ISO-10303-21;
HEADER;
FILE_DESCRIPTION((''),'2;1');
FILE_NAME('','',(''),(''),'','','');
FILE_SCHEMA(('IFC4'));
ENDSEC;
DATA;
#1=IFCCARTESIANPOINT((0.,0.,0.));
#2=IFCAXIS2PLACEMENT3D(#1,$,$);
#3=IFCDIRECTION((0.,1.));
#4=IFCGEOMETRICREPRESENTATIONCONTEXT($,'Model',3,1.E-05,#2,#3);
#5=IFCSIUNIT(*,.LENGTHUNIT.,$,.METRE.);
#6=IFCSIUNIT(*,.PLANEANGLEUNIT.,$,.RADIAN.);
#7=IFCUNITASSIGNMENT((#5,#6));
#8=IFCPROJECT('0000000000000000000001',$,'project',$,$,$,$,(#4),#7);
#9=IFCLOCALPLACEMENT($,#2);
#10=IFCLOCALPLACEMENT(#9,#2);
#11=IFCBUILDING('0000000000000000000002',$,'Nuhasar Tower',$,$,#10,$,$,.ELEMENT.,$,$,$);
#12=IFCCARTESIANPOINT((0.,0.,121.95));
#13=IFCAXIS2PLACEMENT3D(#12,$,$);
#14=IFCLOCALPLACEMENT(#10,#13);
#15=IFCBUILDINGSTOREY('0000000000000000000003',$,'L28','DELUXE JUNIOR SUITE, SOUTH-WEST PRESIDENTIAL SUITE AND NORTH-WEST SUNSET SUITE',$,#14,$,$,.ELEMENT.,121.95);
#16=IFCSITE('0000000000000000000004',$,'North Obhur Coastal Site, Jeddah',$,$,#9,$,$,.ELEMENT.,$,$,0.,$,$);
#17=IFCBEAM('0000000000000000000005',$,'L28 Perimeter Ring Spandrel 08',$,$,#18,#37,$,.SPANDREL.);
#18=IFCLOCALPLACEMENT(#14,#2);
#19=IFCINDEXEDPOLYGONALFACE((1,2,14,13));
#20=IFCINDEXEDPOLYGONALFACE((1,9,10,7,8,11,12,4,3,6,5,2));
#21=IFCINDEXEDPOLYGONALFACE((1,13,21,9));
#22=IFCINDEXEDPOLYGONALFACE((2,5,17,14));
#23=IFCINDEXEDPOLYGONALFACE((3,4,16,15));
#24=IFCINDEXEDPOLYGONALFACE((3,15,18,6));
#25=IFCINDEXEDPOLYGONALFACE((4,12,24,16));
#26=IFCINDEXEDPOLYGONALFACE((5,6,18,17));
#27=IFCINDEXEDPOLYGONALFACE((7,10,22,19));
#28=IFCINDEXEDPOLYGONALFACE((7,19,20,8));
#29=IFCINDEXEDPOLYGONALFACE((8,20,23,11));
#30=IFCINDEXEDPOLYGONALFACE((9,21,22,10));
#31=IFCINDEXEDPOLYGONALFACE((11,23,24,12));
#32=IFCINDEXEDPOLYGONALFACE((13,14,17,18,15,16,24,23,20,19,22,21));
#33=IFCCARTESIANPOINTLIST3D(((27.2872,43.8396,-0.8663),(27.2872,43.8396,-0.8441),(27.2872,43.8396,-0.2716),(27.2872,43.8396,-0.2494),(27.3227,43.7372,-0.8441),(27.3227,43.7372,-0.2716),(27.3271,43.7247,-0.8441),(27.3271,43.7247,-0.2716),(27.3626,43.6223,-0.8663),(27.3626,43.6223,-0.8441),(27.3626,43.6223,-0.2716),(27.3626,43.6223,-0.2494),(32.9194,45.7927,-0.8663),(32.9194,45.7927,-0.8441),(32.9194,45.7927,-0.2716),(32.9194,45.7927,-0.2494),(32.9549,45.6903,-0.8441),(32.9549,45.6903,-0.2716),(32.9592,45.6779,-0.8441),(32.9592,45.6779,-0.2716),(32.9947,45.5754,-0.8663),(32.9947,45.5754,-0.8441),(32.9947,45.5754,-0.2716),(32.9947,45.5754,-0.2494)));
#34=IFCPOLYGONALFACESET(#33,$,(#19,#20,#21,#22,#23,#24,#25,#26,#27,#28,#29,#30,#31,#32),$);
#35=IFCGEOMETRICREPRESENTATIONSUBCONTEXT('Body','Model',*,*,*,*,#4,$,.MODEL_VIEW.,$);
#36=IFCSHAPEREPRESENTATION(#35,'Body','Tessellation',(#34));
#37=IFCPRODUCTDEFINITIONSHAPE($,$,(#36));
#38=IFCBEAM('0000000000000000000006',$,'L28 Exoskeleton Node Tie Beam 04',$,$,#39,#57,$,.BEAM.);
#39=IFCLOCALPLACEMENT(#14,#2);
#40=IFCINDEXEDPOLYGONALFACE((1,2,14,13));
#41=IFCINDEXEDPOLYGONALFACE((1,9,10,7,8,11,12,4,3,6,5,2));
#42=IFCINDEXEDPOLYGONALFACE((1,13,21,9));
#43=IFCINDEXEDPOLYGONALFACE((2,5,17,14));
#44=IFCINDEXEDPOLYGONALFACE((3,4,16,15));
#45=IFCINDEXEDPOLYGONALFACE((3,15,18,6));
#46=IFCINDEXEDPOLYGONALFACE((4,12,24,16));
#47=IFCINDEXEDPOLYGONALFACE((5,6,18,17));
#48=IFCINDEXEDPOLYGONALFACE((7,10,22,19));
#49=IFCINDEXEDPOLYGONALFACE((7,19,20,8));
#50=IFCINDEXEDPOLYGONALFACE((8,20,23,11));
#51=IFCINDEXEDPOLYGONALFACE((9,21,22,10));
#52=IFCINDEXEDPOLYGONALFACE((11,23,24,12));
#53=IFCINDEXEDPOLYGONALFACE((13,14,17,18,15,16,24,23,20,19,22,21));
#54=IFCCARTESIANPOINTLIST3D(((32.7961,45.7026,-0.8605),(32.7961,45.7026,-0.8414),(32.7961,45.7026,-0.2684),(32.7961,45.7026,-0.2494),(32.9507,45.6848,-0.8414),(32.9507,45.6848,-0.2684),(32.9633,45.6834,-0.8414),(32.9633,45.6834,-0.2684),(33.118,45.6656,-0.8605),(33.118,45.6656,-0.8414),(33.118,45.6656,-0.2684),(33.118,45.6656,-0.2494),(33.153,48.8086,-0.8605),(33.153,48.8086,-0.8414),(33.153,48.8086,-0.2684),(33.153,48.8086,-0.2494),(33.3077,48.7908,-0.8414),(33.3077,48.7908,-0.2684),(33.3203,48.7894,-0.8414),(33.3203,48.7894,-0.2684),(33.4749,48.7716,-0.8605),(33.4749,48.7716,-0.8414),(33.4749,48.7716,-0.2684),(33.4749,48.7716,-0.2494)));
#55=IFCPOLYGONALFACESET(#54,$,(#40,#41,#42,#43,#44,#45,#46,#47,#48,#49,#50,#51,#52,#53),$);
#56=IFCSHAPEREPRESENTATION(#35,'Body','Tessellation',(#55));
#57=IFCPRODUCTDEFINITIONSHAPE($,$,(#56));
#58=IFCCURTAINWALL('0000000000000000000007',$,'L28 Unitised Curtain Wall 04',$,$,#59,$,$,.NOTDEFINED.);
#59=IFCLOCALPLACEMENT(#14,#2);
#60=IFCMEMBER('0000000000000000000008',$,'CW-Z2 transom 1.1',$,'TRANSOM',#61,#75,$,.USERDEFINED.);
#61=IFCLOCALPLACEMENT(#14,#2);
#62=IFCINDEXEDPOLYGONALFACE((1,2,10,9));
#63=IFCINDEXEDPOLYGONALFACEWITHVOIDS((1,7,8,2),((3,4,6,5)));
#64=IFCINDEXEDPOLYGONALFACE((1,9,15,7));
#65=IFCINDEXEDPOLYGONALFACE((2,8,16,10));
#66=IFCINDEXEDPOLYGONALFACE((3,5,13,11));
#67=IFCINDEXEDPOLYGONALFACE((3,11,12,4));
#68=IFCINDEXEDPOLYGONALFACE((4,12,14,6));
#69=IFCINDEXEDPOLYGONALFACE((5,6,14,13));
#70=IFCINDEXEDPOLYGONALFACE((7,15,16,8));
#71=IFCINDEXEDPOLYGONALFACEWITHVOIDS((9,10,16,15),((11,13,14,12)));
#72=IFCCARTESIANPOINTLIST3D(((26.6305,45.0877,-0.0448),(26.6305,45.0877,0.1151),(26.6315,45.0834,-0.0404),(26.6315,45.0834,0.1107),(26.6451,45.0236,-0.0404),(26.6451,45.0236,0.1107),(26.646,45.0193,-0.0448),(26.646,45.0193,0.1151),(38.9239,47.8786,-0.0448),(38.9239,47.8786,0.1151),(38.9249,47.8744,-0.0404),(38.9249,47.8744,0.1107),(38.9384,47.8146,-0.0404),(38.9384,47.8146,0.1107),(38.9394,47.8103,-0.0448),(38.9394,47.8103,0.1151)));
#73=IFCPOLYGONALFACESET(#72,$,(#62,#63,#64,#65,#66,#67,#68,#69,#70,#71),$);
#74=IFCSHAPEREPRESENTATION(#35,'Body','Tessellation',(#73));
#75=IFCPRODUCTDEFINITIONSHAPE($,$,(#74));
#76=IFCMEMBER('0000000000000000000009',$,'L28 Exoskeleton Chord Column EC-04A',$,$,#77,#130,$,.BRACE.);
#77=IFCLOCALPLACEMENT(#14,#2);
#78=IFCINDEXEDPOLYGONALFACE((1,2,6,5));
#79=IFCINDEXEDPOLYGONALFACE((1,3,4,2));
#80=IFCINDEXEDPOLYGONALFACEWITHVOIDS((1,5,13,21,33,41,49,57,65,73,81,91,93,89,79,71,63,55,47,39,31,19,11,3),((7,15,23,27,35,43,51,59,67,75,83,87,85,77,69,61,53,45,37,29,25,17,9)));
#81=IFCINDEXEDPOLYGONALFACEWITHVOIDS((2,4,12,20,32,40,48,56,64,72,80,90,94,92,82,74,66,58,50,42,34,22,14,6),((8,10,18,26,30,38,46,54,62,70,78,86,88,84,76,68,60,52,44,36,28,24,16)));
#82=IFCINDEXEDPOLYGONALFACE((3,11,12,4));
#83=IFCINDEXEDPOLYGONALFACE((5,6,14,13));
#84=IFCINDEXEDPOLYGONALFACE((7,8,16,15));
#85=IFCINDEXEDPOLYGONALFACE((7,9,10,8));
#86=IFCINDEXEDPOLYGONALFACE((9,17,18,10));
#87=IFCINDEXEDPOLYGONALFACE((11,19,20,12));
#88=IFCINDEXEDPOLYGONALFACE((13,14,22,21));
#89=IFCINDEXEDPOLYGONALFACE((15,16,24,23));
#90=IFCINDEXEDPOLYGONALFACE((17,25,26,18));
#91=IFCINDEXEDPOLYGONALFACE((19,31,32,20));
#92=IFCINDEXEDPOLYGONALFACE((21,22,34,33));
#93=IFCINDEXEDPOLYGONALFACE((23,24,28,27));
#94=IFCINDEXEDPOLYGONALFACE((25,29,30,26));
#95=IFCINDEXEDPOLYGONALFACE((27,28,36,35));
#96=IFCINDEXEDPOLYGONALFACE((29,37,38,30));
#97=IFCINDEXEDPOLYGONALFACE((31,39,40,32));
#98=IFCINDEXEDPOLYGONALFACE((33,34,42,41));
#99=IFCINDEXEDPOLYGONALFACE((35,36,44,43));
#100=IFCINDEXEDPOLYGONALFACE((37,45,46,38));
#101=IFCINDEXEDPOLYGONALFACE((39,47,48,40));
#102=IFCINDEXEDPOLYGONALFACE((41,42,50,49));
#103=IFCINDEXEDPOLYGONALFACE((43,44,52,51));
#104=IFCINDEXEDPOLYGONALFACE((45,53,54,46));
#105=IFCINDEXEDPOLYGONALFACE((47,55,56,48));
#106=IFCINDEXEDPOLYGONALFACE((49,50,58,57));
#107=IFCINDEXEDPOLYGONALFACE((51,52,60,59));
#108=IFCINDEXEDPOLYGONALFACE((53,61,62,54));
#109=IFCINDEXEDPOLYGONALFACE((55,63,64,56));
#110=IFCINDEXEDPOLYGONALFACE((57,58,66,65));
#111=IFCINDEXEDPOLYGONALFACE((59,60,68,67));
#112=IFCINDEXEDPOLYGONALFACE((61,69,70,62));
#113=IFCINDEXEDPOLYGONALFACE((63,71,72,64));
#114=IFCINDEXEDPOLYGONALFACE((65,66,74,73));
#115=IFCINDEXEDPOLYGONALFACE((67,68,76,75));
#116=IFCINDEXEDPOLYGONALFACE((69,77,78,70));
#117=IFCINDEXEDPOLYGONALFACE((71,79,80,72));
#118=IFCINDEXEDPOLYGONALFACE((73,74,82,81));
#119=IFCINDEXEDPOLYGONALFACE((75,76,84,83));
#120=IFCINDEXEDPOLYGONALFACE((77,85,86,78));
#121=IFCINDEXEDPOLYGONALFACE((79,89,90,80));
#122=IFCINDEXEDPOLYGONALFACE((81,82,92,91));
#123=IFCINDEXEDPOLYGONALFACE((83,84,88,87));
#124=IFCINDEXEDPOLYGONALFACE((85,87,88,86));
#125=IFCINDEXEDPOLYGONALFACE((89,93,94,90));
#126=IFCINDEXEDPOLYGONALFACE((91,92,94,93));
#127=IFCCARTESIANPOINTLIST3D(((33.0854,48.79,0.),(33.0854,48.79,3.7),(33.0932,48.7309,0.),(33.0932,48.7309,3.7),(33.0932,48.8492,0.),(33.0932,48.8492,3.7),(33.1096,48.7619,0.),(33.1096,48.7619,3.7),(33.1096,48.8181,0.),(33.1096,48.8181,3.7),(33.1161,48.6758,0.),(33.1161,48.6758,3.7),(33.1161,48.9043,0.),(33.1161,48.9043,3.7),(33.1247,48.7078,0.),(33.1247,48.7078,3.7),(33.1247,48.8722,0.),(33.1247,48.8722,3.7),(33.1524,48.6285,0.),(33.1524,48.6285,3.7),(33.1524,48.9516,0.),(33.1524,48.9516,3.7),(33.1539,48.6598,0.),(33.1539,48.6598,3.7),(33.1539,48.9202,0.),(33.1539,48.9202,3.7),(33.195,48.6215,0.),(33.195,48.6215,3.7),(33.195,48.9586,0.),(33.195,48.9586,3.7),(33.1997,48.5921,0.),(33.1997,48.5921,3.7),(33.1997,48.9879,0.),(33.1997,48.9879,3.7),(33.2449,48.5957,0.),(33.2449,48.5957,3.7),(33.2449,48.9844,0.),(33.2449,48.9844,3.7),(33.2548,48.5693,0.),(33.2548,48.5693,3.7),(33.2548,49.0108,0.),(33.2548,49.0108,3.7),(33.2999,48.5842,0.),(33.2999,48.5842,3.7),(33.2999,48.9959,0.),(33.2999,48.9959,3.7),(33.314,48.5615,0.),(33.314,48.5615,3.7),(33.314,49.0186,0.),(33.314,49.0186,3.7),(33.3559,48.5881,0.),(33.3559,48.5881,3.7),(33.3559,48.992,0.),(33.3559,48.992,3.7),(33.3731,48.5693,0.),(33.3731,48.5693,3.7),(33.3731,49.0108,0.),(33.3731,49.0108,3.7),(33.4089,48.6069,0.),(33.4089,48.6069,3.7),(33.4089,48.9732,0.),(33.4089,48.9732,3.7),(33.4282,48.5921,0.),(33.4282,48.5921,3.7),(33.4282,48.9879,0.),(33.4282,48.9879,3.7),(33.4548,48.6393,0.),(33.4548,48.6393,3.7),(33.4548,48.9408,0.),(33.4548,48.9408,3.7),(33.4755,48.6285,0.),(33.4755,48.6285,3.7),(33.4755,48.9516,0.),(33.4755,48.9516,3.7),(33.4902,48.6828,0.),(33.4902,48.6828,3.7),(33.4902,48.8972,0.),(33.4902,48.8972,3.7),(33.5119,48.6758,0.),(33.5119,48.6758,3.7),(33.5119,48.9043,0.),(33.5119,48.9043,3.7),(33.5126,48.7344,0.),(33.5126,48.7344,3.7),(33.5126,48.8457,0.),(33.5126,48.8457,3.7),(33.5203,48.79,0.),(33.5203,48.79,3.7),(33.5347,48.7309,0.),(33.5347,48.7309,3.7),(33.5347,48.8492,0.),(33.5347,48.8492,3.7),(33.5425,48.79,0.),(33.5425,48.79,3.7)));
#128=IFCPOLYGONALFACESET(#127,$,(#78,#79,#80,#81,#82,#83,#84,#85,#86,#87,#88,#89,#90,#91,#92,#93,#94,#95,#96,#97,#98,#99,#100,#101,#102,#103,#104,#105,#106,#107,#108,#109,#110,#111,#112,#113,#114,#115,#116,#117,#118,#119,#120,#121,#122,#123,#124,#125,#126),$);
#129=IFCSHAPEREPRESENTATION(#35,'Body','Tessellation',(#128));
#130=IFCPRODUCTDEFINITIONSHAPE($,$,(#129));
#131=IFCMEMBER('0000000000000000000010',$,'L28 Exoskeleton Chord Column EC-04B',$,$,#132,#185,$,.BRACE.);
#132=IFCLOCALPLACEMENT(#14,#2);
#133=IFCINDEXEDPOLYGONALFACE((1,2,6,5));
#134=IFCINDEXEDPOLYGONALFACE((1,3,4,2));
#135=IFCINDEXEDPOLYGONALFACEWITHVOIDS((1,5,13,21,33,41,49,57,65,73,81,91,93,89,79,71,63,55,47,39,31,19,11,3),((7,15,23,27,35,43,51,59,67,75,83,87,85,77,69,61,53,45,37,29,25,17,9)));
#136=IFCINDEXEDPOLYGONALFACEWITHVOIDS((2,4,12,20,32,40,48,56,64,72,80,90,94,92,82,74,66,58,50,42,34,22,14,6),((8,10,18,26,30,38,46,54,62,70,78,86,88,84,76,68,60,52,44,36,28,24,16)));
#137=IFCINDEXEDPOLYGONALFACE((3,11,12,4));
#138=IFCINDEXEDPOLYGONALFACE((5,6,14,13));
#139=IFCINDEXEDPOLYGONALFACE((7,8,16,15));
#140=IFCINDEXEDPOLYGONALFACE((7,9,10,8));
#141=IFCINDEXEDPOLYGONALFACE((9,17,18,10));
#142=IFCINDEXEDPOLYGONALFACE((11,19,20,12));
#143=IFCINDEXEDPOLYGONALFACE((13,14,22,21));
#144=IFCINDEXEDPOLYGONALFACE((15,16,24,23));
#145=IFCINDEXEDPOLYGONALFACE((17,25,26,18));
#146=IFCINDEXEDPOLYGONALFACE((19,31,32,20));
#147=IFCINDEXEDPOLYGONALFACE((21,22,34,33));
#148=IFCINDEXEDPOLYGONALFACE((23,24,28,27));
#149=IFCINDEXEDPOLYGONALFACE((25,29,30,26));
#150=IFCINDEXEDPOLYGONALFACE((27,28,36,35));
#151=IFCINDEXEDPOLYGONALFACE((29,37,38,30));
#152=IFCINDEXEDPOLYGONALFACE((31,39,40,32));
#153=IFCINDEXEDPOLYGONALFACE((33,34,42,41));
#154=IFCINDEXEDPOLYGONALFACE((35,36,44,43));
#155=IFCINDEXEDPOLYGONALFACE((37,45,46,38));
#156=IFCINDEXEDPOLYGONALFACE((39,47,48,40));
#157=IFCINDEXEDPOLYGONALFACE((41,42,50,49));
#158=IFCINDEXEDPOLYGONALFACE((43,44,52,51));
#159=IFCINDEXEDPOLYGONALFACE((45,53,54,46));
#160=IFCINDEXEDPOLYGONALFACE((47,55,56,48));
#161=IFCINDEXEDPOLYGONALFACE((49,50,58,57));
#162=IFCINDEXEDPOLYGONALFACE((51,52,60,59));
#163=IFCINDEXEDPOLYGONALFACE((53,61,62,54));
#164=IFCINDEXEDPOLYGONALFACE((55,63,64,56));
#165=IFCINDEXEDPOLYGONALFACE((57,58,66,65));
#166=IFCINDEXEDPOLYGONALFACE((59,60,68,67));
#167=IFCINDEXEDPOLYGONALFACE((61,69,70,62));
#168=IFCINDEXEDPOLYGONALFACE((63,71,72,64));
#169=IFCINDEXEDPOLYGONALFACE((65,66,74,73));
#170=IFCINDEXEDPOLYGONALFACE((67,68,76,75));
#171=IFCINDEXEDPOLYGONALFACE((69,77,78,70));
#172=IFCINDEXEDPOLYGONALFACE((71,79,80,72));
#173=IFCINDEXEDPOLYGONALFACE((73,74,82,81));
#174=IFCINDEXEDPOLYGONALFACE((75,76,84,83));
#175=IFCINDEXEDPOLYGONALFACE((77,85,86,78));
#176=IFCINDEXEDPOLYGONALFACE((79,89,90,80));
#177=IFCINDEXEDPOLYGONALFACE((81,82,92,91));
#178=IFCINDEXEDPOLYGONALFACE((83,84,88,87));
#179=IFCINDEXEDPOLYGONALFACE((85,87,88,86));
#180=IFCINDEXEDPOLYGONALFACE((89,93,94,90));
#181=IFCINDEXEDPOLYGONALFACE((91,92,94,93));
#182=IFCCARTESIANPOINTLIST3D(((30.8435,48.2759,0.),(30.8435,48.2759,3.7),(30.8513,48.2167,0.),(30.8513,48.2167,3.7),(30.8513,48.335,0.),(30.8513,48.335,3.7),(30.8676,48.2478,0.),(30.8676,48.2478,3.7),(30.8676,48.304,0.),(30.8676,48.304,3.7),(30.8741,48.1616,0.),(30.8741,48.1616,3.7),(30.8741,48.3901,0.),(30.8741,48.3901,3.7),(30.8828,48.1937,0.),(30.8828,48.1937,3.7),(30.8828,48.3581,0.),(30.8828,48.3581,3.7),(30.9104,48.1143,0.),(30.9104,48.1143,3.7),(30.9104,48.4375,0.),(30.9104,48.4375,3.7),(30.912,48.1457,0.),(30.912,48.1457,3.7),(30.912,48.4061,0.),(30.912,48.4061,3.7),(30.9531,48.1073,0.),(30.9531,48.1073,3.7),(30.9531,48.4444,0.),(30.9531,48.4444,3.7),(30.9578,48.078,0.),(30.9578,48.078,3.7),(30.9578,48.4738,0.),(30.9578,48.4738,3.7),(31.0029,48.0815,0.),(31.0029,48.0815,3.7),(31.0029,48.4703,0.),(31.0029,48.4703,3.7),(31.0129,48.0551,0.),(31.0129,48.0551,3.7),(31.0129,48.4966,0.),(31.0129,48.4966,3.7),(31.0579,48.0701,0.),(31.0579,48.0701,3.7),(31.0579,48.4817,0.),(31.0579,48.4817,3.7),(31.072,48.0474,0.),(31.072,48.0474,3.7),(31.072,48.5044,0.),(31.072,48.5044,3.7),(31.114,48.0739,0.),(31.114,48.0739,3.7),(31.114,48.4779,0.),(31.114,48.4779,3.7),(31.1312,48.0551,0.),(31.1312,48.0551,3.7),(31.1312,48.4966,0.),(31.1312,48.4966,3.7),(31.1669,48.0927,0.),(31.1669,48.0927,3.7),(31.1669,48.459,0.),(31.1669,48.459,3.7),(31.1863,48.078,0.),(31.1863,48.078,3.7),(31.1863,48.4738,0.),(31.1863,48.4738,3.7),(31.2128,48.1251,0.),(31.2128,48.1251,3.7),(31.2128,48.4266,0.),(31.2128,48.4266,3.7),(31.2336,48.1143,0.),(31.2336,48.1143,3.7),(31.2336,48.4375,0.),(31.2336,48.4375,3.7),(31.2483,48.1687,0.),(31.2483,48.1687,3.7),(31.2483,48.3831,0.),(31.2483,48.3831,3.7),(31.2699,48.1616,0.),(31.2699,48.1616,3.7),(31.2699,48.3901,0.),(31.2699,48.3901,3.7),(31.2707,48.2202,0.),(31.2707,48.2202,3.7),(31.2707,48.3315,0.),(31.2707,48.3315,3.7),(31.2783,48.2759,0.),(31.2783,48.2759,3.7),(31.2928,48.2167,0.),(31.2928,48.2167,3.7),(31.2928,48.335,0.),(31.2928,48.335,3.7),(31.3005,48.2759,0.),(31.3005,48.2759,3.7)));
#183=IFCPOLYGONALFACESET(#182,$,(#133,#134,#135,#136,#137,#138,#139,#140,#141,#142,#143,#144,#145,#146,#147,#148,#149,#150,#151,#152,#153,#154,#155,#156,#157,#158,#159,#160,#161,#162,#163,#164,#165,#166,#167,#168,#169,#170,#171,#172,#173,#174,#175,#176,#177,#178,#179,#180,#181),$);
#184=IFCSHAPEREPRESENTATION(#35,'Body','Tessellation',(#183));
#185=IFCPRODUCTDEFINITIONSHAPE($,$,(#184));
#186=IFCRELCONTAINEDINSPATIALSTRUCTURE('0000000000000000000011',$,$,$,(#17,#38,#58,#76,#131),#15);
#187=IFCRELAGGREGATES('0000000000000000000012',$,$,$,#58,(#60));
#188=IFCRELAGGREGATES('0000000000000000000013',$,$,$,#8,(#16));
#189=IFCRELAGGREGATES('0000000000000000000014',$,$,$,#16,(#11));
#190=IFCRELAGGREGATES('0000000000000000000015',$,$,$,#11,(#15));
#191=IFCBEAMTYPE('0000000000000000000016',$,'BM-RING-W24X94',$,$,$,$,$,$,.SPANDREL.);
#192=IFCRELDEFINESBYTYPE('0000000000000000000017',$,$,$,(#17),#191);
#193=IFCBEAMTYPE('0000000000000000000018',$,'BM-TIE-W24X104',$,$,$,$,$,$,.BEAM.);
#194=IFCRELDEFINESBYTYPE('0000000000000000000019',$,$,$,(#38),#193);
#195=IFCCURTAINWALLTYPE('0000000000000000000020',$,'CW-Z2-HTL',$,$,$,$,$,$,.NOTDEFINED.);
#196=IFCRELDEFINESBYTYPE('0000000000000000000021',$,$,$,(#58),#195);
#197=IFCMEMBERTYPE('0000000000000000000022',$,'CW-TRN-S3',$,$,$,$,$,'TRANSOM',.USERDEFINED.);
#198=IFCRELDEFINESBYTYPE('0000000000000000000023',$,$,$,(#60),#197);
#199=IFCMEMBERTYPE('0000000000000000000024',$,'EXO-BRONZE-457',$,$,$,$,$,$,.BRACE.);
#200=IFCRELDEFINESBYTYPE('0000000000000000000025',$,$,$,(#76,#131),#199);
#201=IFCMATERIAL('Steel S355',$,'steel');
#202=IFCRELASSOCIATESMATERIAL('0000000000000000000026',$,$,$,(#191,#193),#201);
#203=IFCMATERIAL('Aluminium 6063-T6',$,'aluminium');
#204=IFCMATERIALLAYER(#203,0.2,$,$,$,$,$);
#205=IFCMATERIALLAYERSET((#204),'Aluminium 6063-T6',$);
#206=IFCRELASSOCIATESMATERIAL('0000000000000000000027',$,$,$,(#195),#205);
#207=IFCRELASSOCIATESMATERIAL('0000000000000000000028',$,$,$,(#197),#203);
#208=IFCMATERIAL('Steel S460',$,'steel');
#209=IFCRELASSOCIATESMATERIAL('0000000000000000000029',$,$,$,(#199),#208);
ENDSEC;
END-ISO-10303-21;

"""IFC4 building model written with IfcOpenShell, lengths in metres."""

from ifc_helpers import new_model, si_unit, direction, frame, origin, origin_2d, place, context, subcontext, project, spatial, hollow_rectangle, hollow_circle, i_section, extrude, material, layer, layer_set, material_profile, profile_set, type_object, element, aggregate, save


model = new_model("IFC4")

# Units and contexts
model_context = context("Model", 3, precision=1e-05, world=origin(), true_north=direction((0.0, 1.0)))
body_context = subcontext(model_context, "Body", "Model", "MODEL_VIEW")
ifc_project = project(units=[si_unit("LENGTHUNIT", "METRE"), si_unit("PLANEANGLEUNIT", "RADIAN")], contexts=[model_context])

# Site, building, storey
site_placement = place(None, origin())
site = spatial("IfcSite", under=ifc_project, at=site_placement, Name="North Obhur Coastal Site, Jeddah", CompositionType="ELEMENT", RefElevation=0.0)
building_placement = place(site_placement, origin())
building = spatial("IfcBuilding", under=site, at=building_placement, Name="Nuhasar Tower", CompositionType="ELEMENT")
storey_placement = place(building_placement, frame((0.0, 0.0, 121.95)))
storey = spatial("IfcBuildingStorey", under=building, at=storey_placement, Name="L28", Description="DELUXE JUNIOR SUITE, SOUTH-WEST PRESIDENTIAL SUITE AND NORTH-WEST SUNSET SUITE", CompositionType="ELEMENT", Elevation=121.95)

# Beams
ifc_material_1 = material(Name="Steel S355", Category="steel")
ifc_material_profile_1 = material_profile(ifc_material_1, i_section(OverallWidth=0.23, OverallDepth=0.6169, WebThickness=0.0132, FlangeThickness=0.0222, at=origin_2d()), Name="W24X94")
ifc_profile_set_1 = profile_set([ifc_material_profile_1], Name="Steel S355")
beam_type_1 = type_object("IfcBeamType", Name="BM-RING-W24X94", PredefinedType="SPANDREL", material=ifc_profile_set_1)
beam_1_placement = place(storey_placement, frame((32.957, 45.6841, -0.5579), z_axis=(-0.944801, -0.327644, 0.0), x_axis=(0.327644, -0.944801, 0.0)))
element("IfcBeam", 1, at=beam_1_placement, inside=storey, type_object=beam_type_1, Name="L28 Perimeter Ring Spandrel 08", PredefinedType="SPANDREL", context=body_context, shape_type="SweptSolid", body=[
    extrude(i_section(OverallWidth=0.23, OverallDepth=0.6169, WebThickness=0.0132, FlangeThickness=0.0222, at=origin_2d()), origin(), (0.0, 0.0, 1.0), 5.9612),
])
ifc_material_profile_2 = material_profile(ifc_material_1, i_section(OverallWidth=0.324, OverallDepth=0.6111, WebThickness=0.0127, FlangeThickness=0.019, at=origin_2d()), Name="W24X104")
ifc_profile_set_2 = profile_set([ifc_material_profile_2], Name="Steel S355")
beam_type_2 = type_object("IfcBeamType", Name="BM-TIE-W24X104", PredefinedType="BEAM", material=ifc_profile_set_2)
beam_2_placement = place(storey_placement, frame((32.957, 45.6841, -0.5549), z_axis=(0.114168, 0.993461, 0.0), x_axis=(-0.993461, 0.114168, 0.0)))
element("IfcBeam", 2, at=beam_2_placement, inside=storey, type_object=beam_type_2, Name="L28 Exoskeleton Node Tie Beam 04", PredefinedType="BEAM", context=body_context, shape_type="SweptSolid", body=[
    extrude(i_section(OverallWidth=0.324, OverallDepth=0.6111, WebThickness=0.0127, FlangeThickness=0.019, at=origin_2d()), origin(), (0.0, 0.0, 1.0), 3.1265),
])

# Curtain wall, member
ifc_material_2 = material(Name="Aluminium 6063-T6", Category="aluminium")
ifc_layer_1 = layer(ifc_material_2, 0.2)
ifc_layer_set_1 = layer_set([ifc_layer_1], Name="Aluminium 6063-T6")
curtain_wall_type = type_object("IfcCurtainWallType", Name="CW-Z2-HTL", PredefinedType="NOTDEFINED", material=ifc_layer_set_1)
curtain_wall_placement = place(storey_placement, origin())
curtain_wall = element("IfcCurtainWall", 3, at=curtain_wall_placement, inside=storey, type_object=curtain_wall_type, Name="L28 Unitised Curtain Wall 04", PredefinedType="NOTDEFINED")
ifc_material_profile_3 = material_profile(ifc_material_2, hollow_rectangle(XDim=0.0701, YDim=0.1599, WallThickness=0.0044, at=origin_2d()), Name="CWT-3")
ifc_profile_set_3 = profile_set([ifc_material_profile_3], Name="Aluminium 6063-T6")
member_type_1 = type_object("IfcMemberType", Name="CW-TRN-S3", ElementType="TRANSOM", PredefinedType="USERDEFINED", material=ifc_profile_set_3)
member_1_placement = place(storey_placement, frame((38.9316, 47.8445, 0.0352), z_axis=(-0.975183, -0.221398, 0.0), x_axis=(0.221398, -0.975183, 0.0)))
member_1 = element("IfcMember", 4, at=member_1_placement, type_object=member_type_1, Name="CW-Z2 transom 1.1", ObjectType="TRANSOM", PredefinedType="USERDEFINED", context=body_context, shape_type="SweptSolid", body=[
    extrude(hollow_rectangle(XDim=0.0701, YDim=0.1599, WallThickness=0.0044, at=origin_2d()), origin(), (0.0, 0.0, 1.0), 12.6062),
])

# Members
ifc_material_3 = material(Name="Steel S460", Category="steel")
ifc_material_profile_4 = material_profile(ifc_material_3, hollow_circle(Radius=0.2285, WallThickness=0.0222, at=origin_2d()), Name="HSS457X22.2")
ifc_profile_set_4 = profile_set([ifc_material_profile_4], Name="Steel S460")
member_type_2 = type_object("IfcMemberType", Name="EXO-BRONZE-457", PredefinedType="BRACE", material=ifc_profile_set_4)
for number, where, z_axis, x_axis, name in (
    (5, (33.314, 48.79, 0.0), (0.0, 0.0, 1.0), (1.0, 0.0, 0.0), "L28 Exoskeleton Chord Column EC-04A"),
    (6, (31.072, 48.2759, 0.0), (0.0, 0.0, 1.0), (1.0, 0.0, 0.0), "L28 Exoskeleton Chord Column EC-04B"),
):
    element("IfcMember", number, at=place(storey_placement, frame(where, z_axis=z_axis, x_axis=x_axis)), inside=storey, type_object=member_type_2, Name=name, PredefinedType="BRACE", context=body_context, shape_type="SweptSolid", body=[
        extrude(hollow_circle(Radius=0.2285, WallThickness=0.0222, at=origin_2d()), origin(), (0.0, 0.0, 1.0), 3.7),
    ])

aggregate(curtain_wall, [member_1])

save(model, "model.ifc")
